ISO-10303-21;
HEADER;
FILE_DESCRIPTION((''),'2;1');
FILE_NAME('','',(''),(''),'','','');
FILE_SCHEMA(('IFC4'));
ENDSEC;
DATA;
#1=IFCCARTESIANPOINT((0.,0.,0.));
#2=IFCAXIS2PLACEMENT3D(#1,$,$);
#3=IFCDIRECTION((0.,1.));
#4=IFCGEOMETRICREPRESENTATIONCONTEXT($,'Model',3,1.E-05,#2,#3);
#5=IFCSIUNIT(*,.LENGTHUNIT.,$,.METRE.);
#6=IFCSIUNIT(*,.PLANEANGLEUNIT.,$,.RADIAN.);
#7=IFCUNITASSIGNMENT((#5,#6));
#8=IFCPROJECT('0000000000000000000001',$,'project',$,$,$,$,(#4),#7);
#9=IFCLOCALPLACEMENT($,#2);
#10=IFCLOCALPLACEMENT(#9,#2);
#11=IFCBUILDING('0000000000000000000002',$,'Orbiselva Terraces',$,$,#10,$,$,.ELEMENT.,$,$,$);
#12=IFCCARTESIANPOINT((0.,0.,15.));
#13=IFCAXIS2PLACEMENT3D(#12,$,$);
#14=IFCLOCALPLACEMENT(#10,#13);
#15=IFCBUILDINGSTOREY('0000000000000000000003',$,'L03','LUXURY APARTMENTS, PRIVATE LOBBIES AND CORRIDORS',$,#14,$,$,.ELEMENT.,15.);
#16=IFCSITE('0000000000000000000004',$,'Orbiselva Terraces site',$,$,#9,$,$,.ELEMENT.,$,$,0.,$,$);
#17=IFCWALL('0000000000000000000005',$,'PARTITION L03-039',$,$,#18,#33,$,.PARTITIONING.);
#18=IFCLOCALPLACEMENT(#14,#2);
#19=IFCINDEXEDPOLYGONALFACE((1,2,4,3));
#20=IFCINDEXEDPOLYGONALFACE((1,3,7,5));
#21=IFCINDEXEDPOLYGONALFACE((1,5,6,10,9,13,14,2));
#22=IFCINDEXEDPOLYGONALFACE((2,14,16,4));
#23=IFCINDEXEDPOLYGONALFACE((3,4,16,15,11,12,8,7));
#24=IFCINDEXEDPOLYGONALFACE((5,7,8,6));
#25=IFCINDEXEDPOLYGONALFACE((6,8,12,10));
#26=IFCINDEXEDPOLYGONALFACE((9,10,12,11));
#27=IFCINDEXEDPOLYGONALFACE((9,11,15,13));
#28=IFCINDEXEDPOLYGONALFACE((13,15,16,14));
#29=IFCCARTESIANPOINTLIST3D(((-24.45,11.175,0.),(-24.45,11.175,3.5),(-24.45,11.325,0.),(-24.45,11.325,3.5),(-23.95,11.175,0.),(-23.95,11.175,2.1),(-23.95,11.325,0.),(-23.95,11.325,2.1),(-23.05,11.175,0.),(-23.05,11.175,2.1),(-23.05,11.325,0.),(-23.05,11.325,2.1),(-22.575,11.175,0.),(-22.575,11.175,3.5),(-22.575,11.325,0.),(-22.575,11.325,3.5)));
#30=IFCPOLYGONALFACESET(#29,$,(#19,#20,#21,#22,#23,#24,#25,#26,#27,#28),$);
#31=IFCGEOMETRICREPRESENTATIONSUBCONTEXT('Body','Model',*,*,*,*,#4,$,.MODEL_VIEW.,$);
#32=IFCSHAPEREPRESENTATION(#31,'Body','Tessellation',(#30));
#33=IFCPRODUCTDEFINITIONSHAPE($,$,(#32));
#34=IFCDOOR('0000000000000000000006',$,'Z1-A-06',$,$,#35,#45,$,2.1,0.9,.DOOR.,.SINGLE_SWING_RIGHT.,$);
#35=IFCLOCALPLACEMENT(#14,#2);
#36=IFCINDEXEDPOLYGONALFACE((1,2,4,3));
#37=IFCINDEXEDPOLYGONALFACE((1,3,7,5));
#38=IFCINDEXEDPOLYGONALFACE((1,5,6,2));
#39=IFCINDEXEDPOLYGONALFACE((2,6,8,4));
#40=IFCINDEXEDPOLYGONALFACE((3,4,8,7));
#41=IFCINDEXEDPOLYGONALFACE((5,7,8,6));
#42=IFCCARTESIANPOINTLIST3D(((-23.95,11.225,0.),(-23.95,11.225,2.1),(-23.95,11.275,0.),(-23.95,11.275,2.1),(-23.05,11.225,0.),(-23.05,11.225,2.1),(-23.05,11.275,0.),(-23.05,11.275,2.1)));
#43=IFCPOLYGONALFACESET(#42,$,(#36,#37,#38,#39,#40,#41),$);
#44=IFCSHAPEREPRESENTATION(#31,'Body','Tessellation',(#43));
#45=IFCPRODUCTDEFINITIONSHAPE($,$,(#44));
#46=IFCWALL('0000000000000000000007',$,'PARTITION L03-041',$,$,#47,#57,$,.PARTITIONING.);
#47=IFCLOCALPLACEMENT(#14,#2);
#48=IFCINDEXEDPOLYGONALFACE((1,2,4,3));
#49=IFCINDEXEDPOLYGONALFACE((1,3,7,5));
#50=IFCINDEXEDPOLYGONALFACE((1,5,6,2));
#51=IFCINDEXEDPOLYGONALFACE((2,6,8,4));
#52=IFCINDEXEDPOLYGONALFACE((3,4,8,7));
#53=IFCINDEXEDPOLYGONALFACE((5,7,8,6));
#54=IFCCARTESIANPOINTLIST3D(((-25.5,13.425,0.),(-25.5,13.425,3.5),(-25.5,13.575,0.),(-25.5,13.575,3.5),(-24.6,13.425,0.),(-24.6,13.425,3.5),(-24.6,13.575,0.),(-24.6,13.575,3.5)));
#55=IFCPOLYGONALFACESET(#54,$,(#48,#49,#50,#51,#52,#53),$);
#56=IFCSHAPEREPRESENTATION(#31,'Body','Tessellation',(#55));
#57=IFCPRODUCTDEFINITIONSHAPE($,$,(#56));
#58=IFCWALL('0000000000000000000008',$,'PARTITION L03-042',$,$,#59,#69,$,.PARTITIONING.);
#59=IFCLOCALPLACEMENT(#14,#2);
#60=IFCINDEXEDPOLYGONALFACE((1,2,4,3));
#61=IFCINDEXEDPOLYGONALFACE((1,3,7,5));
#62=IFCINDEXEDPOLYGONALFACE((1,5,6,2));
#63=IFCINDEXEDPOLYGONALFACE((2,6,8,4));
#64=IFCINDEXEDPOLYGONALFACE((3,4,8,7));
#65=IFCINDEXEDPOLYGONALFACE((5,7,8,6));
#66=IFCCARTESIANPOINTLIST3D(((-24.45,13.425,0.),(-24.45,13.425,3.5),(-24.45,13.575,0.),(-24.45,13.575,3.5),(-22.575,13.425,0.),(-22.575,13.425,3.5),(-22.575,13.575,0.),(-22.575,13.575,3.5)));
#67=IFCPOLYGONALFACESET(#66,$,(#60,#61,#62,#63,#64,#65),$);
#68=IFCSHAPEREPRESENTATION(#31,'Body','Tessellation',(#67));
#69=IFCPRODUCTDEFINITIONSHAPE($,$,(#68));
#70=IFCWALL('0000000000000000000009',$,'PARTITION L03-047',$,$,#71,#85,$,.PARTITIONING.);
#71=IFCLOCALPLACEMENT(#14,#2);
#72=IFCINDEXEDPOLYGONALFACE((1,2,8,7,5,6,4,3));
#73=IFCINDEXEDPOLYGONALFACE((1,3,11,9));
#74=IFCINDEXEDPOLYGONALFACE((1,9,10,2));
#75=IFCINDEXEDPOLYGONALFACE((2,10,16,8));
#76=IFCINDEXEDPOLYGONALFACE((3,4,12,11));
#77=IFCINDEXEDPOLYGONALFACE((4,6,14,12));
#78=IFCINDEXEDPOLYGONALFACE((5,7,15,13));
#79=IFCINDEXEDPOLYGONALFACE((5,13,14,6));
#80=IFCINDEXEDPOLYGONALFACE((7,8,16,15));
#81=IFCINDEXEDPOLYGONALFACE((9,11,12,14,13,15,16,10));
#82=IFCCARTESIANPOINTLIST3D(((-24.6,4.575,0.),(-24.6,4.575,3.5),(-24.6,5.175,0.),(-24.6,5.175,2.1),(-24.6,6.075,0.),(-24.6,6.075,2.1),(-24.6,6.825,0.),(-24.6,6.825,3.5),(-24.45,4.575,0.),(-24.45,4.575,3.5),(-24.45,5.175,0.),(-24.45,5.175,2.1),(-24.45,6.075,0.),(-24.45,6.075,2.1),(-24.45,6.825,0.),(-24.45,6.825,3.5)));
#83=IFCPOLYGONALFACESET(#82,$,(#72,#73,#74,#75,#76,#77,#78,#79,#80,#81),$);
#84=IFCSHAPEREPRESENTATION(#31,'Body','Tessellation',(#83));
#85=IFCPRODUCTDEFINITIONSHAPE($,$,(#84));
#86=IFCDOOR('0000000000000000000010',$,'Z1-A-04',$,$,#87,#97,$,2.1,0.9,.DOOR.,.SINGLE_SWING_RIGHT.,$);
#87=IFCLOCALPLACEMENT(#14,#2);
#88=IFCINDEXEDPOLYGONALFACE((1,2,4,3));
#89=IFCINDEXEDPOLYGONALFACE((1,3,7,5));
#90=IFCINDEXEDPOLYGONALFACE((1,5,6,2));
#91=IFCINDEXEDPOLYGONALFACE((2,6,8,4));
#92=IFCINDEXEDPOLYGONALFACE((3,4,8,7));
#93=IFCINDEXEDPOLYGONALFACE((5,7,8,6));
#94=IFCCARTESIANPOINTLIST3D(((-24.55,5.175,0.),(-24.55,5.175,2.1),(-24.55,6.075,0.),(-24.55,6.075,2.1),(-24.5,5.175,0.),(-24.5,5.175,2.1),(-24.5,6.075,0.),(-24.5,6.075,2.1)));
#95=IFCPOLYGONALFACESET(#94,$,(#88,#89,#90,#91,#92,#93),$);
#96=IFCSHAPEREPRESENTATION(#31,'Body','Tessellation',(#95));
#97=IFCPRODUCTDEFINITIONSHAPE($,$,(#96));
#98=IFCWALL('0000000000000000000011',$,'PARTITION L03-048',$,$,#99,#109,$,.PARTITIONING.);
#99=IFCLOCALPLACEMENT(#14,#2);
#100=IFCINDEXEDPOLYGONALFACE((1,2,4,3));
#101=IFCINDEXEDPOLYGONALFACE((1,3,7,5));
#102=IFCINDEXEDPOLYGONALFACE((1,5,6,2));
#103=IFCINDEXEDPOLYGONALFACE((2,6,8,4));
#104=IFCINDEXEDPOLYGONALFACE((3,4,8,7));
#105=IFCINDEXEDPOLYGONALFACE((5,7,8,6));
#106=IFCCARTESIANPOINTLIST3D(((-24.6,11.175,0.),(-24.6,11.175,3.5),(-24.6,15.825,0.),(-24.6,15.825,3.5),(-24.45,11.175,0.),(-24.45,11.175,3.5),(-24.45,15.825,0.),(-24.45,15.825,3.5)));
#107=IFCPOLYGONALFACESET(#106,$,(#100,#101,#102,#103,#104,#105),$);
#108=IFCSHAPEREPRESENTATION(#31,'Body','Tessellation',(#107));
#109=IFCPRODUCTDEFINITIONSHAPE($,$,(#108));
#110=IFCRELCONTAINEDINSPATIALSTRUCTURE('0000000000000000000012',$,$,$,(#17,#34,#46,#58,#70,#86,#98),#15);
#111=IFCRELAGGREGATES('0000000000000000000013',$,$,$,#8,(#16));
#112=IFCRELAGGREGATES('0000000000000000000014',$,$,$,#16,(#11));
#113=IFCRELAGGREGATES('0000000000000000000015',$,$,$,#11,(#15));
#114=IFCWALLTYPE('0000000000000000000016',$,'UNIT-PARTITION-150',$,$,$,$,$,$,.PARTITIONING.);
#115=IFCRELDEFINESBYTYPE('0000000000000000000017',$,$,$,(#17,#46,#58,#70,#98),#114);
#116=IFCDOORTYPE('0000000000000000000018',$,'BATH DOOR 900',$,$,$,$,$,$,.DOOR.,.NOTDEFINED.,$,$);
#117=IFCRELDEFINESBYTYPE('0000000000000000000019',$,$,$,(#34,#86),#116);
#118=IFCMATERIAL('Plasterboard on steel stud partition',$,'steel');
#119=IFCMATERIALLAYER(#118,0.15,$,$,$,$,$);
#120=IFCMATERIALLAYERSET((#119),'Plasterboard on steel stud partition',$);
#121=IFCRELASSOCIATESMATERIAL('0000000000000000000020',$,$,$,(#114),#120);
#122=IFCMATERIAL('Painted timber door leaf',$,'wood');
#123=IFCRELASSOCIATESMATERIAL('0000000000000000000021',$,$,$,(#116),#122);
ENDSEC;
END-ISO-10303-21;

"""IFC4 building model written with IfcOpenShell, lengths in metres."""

from ifc_helpers import new_model, si_unit, direction, frame, frame_2d, origin, place, context, subcontext, project, spatial, rectangle, extrude, material, layer, layer_set, type_object, element, fill, save


model = new_model("IFC4")

# Units and contexts
model_context = context("Model", 3, precision=1e-05, world=origin(), true_north=direction((0.0, 1.0)))
body_context = subcontext(model_context, "Body", "Model", "MODEL_VIEW")
ifc_project = project(units=[si_unit("LENGTHUNIT", "METRE"), si_unit("PLANEANGLEUNIT", "RADIAN")], contexts=[model_context])

# Site, building, storey
site_placement = place(None, origin())
site = spatial("IfcSite", under=ifc_project, at=site_placement, Name="Orbiselva Terraces site", CompositionType="ELEMENT", RefElevation=0.0)
building_placement = place(site_placement, origin())
building = spatial("IfcBuilding", under=site, at=building_placement, Name="Orbiselva Terraces", CompositionType="ELEMENT")
storey_placement = place(building_placement, frame((0.0, 0.0, 15.0)))
storey = spatial("IfcBuildingStorey", under=building, at=storey_placement, Name="L03", Description="LUXURY APARTMENTS, PRIVATE LOBBIES AND CORRIDORS", CompositionType="ELEMENT", Elevation=15.0)

# Shared definitions
ifc_material_1 = material(Name="Plasterboard on steel stud partition", Category="steel")

# Shared definitions
ifc_material_2 = material(Name="Painted timber door leaf", Category="wood")

# Shared definitions
ifc_layer_1 = layer(ifc_material_1, 0.15)
ifc_layer_set_1 = layer_set([ifc_layer_1], Name="Plasterboard on steel stud partition")
wall_type_1 = type_object("IfcWallType", Name="UNIT-PARTITION-150", PredefinedType="PARTITIONING", material=ifc_layer_set_1)

# Wall, opening, door
wall_1_placement = place(storey_placement, frame((-24.45, 11.25, 0.0), z_axis=(0.0, 0.0, 1.0), x_axis=(1.0, 0.0, 0.0)))
wall_1 = element("IfcWall", 1, at=wall_1_placement, inside=storey, type_object=wall_type_1, Name="PARTITION L03-039", PredefinedType="PARTITIONING", context=body_context, shape_type="SweptSolid", body=[
    extrude(rectangle(XDim=1.875, YDim=0.15, at=frame_2d((0.9375, 0.0))), origin(), (0.0, 0.0, 1.0), 3.5),
])
opening_1_placement = place(wall_1_placement, frame((0.5, 0.0, 0.0)))
opening_1 = element("IfcOpeningElement", 2, at=opening_1_placement, cuts=wall_1, PredefinedType="OPENING", context=body_context, shape_type="SweptSolid", body=[
    extrude(rectangle(XDim=0.9, YDim=2.1, at=frame_2d((0.45, 1.05))), frame((0.0, 0.085, 0.0), z_axis=(0.0, -1.0, 0.0), x_axis=(1.0, 0.0, 0.0)), (0.0, 0.0, 1.0), 0.17),
])
door_type_1 = type_object("IfcDoorType", Name="BATH DOOR 900", OperationType="NOTDEFINED", PredefinedType="DOOR", material=ifc_material_2)
door_1_placement = place(opening_1_placement, origin())
door_1 = element("IfcDoor", 3, at=door_1_placement, inside=storey, type_object=door_type_1, Name="Z1-A-06", OperationType="SINGLE_SWING_RIGHT", OverallHeight=2.1, OverallWidth=0.9, PredefinedType="DOOR", context=body_context, shape_type="SweptSolid", body=[
    extrude(rectangle(XDim=0.9, YDim=2.1, at=frame_2d((0.45, 1.05))), frame((0.0, 0.025, 0.0), z_axis=(0.0, -1.0, 0.0), x_axis=(1.0, 0.0, 0.0)), (0.0, 0.0, 1.0), 0.05),
])
fill(opening_1, door_1)

# Walls
wall_2_placement = place(storey_placement, frame((-25.5, 13.5, 0.0), z_axis=(0.0, 0.0, 1.0), x_axis=(1.0, 0.0, 0.0)))
element("IfcWall", 4, at=wall_2_placement, inside=storey, type_object=wall_type_1, Name="PARTITION L03-041", PredefinedType="PARTITIONING", context=body_context, shape_type="SweptSolid", body=[
    extrude(rectangle(XDim=0.9, YDim=0.15, at=frame_2d((0.45, 0.0))), origin(), (0.0, 0.0, 1.0), 3.5),
])
wall_3_placement = place(storey_placement, frame((-24.45, 13.5, 0.0), z_axis=(0.0, 0.0, 1.0), x_axis=(1.0, 0.0, 0.0)))
element("IfcWall", 5, at=wall_3_placement, inside=storey, type_object=wall_type_1, Name="PARTITION L03-042", PredefinedType="PARTITIONING", context=body_context, shape_type="SweptSolid", body=[
    extrude(rectangle(XDim=1.875, YDim=0.15, at=frame_2d((0.9375, 0.0))), origin(), (0.0, 0.0, 1.0), 3.5),
])

# Wall, opening, door
wall_4_placement = place(storey_placement, frame((-24.525, 6.825, 0.0), z_axis=(0.0, 0.0, 1.0), x_axis=(0.0, -1.0, 0.0)))
wall_4 = element("IfcWall", 6, at=wall_4_placement, inside=storey, type_object=wall_type_1, Name="PARTITION L03-047", PredefinedType="PARTITIONING", context=body_context, shape_type="SweptSolid", body=[
    extrude(rectangle(XDim=2.25, YDim=0.15, at=frame_2d((1.125, 0.0))), origin(), (0.0, 0.0, 1.0), 3.5),
])
opening_2_placement = place(wall_4_placement, frame((0.75, 0.0, 0.0)))
opening_2 = element("IfcOpeningElement", 7, at=opening_2_placement, cuts=wall_4, PredefinedType="OPENING", context=body_context, shape_type="SweptSolid", body=[
    extrude(rectangle(XDim=0.9, YDim=2.1, at=frame_2d((0.45, 1.05))), frame((0.0, 0.085, 0.0), z_axis=(0.0, -1.0, 0.0), x_axis=(1.0, 0.0, 0.0)), (0.0, 0.0, 1.0), 0.17),
])
door_2_placement = place(opening_2_placement, origin())
door_2 = element("IfcDoor", 8, at=door_2_placement, inside=storey, type_object=door_type_1, Name="Z1-A-04", OperationType="SINGLE_SWING_RIGHT", OverallHeight=2.1, OverallWidth=0.9, PredefinedType="DOOR", context=body_context, shape_type="SweptSolid", body=[
    extrude(rectangle(XDim=0.9, YDim=2.1, at=frame_2d((0.45, 1.05))), frame((0.0, 0.025, 0.0), z_axis=(0.0, -1.0, 0.0), x_axis=(1.0, 0.0, 0.0)), (0.0, 0.0, 1.0), 0.05),
])
fill(opening_2, door_2)

# Wall
wall_5_placement = place(storey_placement, frame((-24.525, 11.175, 0.0), z_axis=(0.0, 0.0, 1.0), x_axis=(0.0, 1.0, 0.0)))
element("IfcWall", 9, at=wall_5_placement, inside=storey, type_object=wall_type_1, Name="PARTITION L03-048", PredefinedType="PARTITIONING", context=body_context, shape_type="SweptSolid", body=[
    extrude(rectangle(XDim=4.65, YDim=0.15, at=frame_2d((2.325, 0.0))), origin(), (0.0, 0.0, 1.0), 3.5),
])

save(model, "model.ifc")
